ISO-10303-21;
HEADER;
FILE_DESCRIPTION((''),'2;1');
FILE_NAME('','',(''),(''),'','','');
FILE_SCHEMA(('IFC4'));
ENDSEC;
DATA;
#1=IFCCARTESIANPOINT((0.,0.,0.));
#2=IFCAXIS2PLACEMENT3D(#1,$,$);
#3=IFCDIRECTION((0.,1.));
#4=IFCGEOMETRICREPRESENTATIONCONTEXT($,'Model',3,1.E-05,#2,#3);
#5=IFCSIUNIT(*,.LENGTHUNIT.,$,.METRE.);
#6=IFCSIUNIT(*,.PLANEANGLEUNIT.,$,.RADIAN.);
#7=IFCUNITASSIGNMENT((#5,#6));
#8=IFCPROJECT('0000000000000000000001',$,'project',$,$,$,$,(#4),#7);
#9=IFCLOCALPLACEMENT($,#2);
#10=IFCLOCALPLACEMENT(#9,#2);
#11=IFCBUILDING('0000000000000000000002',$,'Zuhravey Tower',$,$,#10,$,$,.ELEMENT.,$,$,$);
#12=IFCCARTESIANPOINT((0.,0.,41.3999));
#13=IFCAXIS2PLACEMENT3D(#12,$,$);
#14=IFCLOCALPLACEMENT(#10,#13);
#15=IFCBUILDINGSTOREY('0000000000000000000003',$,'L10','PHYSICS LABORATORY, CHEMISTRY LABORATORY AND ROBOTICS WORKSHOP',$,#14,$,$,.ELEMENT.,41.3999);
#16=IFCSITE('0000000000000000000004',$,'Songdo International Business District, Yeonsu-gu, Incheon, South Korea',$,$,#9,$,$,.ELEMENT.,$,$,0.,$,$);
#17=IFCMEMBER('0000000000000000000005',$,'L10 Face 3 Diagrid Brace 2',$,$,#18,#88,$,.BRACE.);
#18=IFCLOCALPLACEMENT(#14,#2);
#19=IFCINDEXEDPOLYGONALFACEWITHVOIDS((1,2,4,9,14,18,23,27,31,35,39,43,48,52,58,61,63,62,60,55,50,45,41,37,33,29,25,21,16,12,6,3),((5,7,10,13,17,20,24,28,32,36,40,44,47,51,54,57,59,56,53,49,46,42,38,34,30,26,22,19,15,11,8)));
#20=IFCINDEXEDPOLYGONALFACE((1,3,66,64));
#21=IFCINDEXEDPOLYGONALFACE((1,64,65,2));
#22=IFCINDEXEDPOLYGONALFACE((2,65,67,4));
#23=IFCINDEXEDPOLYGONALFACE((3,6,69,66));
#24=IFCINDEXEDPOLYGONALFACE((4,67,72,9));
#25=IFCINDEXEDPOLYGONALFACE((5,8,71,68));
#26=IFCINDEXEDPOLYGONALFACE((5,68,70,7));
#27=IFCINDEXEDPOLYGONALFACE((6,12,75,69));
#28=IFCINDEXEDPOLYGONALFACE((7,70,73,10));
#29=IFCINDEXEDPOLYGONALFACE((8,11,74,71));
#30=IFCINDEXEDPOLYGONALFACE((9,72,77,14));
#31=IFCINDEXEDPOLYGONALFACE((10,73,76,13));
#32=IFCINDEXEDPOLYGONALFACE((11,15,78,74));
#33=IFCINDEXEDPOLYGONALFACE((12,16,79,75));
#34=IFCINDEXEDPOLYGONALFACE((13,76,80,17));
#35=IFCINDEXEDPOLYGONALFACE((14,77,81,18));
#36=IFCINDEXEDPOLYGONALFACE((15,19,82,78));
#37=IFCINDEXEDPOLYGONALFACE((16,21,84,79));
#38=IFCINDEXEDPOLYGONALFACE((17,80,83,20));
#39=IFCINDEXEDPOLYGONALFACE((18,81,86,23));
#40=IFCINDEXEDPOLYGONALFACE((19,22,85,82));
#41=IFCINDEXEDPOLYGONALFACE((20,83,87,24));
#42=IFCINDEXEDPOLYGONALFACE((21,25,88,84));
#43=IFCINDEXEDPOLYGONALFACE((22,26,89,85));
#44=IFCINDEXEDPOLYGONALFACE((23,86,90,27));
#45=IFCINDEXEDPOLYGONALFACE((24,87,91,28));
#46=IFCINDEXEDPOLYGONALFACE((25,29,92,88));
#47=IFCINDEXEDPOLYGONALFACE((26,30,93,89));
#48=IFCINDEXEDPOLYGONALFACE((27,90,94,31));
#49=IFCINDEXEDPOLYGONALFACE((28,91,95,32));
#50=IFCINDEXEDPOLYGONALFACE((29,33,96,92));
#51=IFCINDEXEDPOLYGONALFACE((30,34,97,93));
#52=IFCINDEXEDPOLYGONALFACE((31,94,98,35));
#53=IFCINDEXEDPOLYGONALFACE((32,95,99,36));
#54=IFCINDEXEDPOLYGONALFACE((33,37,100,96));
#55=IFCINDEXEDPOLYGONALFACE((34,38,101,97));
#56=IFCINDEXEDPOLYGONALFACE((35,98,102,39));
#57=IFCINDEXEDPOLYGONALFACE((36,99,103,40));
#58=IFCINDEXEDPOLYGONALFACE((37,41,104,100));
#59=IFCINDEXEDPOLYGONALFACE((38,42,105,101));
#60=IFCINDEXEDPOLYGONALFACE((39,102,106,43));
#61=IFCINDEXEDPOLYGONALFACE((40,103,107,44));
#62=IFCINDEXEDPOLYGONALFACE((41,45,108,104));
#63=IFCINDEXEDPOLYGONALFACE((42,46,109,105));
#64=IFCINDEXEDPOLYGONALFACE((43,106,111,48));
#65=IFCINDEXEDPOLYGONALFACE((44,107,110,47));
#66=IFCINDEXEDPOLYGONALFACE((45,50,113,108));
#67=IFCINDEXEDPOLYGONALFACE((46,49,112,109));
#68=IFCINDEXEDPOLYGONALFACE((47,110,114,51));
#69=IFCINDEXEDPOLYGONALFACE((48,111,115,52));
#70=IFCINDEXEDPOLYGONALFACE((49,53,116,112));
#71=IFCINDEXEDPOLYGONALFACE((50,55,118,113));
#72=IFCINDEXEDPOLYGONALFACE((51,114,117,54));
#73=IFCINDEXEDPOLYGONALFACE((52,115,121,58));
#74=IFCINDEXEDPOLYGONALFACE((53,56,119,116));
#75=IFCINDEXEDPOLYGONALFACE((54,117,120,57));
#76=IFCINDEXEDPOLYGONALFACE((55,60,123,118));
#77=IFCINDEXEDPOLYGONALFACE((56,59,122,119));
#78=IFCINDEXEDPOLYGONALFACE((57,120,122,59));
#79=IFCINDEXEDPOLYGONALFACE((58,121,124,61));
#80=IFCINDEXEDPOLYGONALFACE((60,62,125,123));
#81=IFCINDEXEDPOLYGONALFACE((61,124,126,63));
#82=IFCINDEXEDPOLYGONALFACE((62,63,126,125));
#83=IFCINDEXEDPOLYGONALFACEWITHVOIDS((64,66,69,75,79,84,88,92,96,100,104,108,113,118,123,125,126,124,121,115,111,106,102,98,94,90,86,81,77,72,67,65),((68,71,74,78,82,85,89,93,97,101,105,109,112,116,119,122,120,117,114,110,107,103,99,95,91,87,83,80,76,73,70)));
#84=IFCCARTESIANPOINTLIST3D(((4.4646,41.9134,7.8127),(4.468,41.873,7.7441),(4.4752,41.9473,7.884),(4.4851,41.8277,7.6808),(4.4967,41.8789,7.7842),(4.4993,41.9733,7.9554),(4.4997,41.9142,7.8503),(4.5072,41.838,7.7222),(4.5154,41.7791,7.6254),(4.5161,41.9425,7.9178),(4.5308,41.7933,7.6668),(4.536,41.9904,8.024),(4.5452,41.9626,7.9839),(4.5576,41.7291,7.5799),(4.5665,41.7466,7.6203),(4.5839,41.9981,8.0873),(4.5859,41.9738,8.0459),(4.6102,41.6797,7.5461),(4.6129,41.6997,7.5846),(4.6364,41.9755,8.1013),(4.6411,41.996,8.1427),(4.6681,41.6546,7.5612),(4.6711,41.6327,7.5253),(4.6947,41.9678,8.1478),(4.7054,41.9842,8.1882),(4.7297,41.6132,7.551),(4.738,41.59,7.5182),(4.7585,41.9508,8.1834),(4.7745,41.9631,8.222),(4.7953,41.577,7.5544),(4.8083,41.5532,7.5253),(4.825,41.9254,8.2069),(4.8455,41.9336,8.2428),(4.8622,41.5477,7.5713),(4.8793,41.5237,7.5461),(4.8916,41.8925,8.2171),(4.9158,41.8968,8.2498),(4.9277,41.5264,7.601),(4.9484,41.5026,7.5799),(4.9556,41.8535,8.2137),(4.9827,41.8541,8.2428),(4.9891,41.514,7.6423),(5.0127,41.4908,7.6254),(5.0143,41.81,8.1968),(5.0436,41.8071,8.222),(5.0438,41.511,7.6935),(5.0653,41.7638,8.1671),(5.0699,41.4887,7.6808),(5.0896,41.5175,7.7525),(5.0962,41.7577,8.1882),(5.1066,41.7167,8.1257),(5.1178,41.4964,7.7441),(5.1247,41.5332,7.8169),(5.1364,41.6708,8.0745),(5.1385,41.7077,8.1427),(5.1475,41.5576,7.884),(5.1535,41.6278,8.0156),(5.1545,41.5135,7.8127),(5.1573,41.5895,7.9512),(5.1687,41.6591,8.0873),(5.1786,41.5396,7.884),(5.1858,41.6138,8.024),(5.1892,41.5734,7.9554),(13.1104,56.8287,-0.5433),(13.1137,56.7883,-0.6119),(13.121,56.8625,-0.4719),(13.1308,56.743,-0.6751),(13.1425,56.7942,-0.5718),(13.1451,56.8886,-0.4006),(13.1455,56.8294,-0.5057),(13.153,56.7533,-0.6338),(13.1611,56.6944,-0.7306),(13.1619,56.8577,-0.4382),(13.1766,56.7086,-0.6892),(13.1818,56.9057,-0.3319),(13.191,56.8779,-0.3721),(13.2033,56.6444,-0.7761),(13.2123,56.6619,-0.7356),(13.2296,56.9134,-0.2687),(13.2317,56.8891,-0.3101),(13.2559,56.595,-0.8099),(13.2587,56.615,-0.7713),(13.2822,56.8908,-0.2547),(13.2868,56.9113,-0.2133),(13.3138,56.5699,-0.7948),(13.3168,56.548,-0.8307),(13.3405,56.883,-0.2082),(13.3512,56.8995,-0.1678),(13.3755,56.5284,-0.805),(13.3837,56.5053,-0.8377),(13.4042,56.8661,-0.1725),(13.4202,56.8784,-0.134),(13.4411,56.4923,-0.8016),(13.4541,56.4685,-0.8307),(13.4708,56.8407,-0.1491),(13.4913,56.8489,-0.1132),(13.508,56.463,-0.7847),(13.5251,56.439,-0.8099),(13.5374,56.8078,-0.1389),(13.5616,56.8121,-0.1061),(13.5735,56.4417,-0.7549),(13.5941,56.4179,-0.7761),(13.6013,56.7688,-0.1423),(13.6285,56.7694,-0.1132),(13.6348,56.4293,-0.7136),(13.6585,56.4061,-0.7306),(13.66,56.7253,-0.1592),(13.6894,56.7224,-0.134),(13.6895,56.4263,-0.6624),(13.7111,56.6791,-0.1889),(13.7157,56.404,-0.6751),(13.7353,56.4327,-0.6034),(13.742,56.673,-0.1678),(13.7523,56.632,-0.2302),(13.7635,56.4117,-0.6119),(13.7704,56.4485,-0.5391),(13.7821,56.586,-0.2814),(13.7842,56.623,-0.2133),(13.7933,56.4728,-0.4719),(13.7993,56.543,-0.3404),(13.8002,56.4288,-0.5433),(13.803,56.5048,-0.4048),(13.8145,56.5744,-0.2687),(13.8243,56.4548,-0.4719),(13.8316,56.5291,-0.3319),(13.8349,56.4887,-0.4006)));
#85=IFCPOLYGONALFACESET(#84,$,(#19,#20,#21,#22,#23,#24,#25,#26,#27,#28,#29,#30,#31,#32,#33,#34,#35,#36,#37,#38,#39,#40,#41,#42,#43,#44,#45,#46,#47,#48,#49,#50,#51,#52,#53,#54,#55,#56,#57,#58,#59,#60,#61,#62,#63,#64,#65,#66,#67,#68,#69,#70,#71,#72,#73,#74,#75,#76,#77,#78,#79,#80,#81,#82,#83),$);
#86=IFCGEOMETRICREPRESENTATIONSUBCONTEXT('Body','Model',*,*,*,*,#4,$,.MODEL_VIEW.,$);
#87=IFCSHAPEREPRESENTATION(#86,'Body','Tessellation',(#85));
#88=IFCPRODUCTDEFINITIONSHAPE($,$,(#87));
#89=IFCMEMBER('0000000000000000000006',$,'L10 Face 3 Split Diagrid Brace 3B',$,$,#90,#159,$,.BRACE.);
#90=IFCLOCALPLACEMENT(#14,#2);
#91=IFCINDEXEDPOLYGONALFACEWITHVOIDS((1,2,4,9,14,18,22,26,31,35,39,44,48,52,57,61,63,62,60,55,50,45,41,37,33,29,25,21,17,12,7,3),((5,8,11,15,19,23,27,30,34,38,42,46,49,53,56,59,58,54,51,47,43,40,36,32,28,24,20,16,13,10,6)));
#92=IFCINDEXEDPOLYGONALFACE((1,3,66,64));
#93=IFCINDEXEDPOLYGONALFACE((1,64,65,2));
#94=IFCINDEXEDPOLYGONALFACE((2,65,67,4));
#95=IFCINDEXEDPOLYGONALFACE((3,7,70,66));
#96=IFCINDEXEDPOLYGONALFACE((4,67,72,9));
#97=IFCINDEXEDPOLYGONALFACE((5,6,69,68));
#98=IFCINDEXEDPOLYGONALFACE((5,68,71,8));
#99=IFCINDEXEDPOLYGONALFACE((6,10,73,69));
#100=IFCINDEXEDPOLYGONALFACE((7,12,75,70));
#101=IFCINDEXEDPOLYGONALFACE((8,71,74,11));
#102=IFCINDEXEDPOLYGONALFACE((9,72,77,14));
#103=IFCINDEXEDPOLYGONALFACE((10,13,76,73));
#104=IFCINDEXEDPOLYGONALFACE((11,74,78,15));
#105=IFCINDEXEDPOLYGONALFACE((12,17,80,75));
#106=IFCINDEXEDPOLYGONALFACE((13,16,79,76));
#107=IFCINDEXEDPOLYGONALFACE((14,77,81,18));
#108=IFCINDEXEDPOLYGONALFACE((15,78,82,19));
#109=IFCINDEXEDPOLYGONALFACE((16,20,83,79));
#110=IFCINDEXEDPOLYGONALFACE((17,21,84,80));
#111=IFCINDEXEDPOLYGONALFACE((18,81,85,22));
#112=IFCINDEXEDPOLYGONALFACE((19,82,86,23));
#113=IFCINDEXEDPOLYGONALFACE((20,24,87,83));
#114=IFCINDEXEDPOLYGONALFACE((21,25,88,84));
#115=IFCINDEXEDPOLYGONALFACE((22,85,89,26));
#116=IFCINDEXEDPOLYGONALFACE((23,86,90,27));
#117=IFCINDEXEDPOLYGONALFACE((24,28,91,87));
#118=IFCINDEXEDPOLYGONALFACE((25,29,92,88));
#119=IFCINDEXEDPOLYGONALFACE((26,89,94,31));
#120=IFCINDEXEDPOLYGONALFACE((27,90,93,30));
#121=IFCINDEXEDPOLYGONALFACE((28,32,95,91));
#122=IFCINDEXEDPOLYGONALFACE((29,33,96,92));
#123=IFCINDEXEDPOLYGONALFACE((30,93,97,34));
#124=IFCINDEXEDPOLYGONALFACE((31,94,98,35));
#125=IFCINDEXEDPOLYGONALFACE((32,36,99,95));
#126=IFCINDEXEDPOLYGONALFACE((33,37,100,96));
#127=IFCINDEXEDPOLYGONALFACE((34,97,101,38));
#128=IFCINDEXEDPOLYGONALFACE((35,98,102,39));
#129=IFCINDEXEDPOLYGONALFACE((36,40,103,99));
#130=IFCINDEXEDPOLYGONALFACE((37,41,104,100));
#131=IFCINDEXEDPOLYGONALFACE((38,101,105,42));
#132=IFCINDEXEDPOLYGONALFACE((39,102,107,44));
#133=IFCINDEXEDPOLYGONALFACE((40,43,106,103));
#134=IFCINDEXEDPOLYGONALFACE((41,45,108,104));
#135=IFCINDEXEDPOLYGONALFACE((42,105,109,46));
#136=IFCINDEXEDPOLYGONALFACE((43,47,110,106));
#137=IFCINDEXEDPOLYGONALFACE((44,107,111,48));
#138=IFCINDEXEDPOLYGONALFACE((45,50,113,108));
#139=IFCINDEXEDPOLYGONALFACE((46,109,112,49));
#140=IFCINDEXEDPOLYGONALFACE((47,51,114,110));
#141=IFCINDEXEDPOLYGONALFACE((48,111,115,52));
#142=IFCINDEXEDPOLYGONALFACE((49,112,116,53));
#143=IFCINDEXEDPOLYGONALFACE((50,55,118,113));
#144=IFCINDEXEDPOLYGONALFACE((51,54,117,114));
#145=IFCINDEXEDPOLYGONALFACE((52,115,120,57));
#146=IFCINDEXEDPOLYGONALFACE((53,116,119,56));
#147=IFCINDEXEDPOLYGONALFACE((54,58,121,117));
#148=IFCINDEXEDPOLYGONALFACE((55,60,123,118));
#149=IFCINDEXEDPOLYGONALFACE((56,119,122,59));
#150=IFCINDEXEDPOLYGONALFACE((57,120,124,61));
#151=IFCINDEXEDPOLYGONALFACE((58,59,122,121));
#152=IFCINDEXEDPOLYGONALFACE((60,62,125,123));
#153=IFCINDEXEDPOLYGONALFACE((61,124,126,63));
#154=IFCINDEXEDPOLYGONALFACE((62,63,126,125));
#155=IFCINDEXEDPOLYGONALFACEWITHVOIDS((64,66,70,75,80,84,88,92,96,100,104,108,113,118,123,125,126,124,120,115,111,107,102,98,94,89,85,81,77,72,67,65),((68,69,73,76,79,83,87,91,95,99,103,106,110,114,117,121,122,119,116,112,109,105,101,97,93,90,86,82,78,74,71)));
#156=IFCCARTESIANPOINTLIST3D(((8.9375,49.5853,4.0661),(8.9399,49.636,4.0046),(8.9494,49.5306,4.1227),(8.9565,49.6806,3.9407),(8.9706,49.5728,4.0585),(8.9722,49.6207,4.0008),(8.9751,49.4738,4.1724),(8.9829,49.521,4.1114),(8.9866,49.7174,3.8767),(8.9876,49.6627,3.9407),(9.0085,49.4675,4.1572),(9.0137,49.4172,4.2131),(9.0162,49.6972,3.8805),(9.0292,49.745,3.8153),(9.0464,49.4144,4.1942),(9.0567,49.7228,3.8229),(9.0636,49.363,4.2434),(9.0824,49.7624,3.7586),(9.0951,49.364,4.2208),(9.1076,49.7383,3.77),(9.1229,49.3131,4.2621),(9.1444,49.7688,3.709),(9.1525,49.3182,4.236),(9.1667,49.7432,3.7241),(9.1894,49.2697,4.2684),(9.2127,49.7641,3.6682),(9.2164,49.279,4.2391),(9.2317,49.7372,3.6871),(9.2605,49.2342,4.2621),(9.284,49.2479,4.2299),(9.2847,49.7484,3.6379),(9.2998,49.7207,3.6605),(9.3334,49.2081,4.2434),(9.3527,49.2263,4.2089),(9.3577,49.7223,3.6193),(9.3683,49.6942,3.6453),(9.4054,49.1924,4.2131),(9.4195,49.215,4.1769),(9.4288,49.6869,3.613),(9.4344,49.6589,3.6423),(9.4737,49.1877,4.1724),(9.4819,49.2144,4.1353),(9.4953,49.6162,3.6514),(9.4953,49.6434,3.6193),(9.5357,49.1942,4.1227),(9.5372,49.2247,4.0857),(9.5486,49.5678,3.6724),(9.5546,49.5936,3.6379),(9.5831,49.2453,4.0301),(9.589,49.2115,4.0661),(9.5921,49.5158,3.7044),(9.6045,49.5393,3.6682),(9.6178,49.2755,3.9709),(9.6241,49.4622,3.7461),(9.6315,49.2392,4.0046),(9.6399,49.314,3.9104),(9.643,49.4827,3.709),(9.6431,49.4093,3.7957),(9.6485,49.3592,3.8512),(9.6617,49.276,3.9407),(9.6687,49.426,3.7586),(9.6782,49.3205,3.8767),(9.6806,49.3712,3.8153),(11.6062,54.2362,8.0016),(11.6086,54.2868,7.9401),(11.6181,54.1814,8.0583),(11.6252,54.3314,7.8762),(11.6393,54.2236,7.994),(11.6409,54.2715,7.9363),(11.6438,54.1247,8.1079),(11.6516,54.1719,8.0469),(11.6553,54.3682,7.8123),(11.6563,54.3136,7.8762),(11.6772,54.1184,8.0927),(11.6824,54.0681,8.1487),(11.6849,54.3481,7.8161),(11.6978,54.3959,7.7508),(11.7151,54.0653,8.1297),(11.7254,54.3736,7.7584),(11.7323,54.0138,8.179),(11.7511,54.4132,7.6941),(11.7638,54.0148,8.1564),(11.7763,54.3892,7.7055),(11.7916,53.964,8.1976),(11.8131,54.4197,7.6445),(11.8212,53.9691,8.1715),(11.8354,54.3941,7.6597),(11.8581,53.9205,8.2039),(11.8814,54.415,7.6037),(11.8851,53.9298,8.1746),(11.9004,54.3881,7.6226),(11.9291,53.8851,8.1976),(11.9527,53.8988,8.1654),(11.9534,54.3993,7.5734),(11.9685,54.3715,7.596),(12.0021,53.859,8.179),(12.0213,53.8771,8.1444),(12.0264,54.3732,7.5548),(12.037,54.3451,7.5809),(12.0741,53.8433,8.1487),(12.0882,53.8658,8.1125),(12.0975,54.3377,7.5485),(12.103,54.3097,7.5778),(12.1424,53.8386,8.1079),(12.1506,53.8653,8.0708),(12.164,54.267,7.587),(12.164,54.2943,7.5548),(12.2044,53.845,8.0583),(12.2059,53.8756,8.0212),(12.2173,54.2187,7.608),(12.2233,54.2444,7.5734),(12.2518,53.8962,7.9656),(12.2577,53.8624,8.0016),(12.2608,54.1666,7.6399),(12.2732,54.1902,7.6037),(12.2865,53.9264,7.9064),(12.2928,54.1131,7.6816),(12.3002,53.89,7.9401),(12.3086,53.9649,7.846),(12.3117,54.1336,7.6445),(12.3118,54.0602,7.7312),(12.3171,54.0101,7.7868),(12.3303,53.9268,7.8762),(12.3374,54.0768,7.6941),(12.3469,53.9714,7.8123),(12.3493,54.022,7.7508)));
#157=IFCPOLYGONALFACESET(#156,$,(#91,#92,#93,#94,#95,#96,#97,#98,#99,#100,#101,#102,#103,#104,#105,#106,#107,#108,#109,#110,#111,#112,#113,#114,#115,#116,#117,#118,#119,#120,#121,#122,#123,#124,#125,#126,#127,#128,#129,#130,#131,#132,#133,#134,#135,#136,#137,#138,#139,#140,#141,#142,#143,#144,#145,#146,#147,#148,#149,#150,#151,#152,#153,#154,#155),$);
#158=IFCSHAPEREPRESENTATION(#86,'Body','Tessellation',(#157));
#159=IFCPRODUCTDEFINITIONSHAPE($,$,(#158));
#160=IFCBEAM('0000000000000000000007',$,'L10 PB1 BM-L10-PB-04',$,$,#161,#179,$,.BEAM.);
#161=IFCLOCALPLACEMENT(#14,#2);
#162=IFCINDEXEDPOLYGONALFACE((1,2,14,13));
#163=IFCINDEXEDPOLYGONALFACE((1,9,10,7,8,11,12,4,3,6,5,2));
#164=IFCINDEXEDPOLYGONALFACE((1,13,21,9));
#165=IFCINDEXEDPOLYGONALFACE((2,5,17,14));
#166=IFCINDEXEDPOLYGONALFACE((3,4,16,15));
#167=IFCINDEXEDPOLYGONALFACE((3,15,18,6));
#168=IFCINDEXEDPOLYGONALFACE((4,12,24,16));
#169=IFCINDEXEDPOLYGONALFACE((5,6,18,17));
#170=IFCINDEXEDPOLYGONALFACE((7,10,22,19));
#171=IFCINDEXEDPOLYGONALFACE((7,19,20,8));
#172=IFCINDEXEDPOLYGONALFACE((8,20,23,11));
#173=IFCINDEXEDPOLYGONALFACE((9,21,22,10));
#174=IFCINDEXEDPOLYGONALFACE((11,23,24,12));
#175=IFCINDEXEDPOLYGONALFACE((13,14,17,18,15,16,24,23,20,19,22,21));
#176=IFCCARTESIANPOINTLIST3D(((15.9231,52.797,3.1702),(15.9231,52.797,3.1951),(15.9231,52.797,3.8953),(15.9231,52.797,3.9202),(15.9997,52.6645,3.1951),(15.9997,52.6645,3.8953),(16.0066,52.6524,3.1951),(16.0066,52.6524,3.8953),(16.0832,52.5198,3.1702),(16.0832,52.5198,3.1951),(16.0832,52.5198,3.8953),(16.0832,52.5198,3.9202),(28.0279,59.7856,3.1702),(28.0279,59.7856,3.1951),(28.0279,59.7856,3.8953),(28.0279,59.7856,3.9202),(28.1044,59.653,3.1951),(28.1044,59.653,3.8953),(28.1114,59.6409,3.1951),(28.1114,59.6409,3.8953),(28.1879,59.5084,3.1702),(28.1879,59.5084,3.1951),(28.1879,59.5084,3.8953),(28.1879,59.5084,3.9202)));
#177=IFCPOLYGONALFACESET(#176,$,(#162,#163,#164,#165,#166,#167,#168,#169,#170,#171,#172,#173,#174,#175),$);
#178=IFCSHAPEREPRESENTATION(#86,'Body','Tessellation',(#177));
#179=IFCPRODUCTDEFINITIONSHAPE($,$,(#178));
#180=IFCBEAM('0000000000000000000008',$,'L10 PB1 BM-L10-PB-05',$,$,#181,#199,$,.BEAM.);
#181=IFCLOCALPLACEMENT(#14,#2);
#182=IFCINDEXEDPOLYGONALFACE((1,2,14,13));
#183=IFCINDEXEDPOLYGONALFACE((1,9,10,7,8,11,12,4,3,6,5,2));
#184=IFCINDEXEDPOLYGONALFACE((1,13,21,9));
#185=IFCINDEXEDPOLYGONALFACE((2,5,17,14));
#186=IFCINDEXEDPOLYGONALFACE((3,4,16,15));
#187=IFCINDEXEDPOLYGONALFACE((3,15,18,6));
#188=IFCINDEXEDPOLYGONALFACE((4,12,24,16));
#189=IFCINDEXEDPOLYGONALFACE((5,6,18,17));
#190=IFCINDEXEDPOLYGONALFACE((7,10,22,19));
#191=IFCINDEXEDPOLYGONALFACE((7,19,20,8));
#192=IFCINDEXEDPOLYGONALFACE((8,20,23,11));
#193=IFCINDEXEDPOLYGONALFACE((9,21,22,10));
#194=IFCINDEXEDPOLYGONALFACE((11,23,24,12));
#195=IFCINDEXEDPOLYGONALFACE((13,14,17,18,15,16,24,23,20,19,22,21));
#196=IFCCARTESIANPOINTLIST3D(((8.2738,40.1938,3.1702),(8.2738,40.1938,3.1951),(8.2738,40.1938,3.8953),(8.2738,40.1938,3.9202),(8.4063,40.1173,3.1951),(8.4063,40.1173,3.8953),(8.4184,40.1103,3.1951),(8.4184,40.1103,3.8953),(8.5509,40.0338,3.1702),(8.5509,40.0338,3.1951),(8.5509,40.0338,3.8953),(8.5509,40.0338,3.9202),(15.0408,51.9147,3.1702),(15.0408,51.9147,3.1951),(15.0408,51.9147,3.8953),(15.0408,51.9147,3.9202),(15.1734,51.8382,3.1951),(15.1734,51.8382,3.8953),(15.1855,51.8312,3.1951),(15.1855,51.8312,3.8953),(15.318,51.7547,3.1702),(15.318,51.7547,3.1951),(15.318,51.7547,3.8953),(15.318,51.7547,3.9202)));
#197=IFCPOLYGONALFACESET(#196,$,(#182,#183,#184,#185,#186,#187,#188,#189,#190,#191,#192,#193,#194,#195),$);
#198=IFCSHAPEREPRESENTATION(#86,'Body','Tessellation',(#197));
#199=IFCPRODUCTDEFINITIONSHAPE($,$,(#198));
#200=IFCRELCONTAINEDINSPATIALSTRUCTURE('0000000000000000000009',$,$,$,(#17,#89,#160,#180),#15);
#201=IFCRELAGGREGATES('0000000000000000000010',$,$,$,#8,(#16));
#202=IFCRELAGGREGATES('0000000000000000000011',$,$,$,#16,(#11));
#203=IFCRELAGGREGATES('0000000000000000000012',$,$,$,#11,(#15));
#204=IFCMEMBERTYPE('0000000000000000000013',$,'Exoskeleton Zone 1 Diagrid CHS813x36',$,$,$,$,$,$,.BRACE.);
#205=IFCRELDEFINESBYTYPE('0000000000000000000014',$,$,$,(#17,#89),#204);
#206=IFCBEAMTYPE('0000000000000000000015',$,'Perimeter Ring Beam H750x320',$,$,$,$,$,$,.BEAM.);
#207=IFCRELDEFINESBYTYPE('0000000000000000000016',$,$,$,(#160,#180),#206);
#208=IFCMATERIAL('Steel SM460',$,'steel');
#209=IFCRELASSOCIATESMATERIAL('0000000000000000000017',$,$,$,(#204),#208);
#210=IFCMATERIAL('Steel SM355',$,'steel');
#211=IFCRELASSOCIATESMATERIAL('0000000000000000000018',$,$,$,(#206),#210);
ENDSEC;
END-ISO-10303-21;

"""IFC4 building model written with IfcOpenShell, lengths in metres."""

from ifc_helpers import new_model, si_unit, direction, frame, origin, origin_2d, place, context, subcontext, project, spatial, hollow_circle, i_section, extrude, material, material_profile, profile_set, type_object, element, save


model = new_model("IFC4")

# Units and contexts
model_context = context("Model", 3, precision=1e-05, world=origin(), true_north=direction((0.0, 1.0)))
body_context = subcontext(model_context, "Body", "Model", "MODEL_VIEW")
ifc_project = project(units=[si_unit("LENGTHUNIT", "METRE"), si_unit("PLANEANGLEUNIT", "RADIAN")], contexts=[model_context])

# Site, building, storey
site_placement = place(None, origin())
site = spatial("IfcSite", under=ifc_project, at=site_placement, Name="Songdo International Business District, Yeonsu-gu, Incheon, South Korea", CompositionType="ELEMENT", RefElevation=0.0)
building_placement = place(site_placement, origin())
building = spatial("IfcBuilding", under=site, at=building_placement, Name="Zuhravey Tower", CompositionType="ELEMENT")
storey_placement = place(building_placement, frame((0.0, 0.0, 41.3999)))
storey = spatial("IfcBuildingStorey", under=building, at=storey_placement, Name="L10", Description="PHYSICS LABORATORY, CHEMISTRY LABORATORY AND ROBOTICS WORKSHOP", CompositionType="ELEMENT", Elevation=41.3999)

# Members
ifc_material_1 = material(Name="Steel SM355", Category="steel")
ifc_material_2 = material(Name="Steel SM460", Category="steel")
ifc_material_profile_1 = material_profile(ifc_material_2, hollow_circle(Radius=0.4065, WallThickness=0.0359, at=origin_2d()), Name="CHS-812.8x36")
ifc_profile_set_1 = profile_set([ifc_material_profile_1], Name="Steel SM460")
member_type_1 = type_object("IfcMemberType", Name="Exoskeleton Zone 1 Diagrid CHS813x36", PredefinedType="BRACE", material=ifc_profile_set_1)
member_1_placement = place(storey_placement, frame((13.4727, 56.6587, -0.4719), z_axis=(-0.451282, -0.778533, 0.436156), x_axis=(0.86516, -0.501496, 0.0)))
element("IfcMember", 1, at=member_1_placement, inside=storey, type_object=member_type_1, Name="L10 Face 3 Diagrid Brace 2", PredefinedType="BRACE", context=body_context, shape_type="SweptSolid", body=[
    extrude(hollow_circle(Radius=0.4065, WallThickness=0.0359, at=origin_2d()), origin(), (0.0, 0.0, 1.0), 19.1582),
])
member_2_placement = place(storey_placement, frame((9.3091, 49.4783, 3.9407), z_axis=(0.401224, 0.699233, 0.591687), x_axis=(-0.867354, 0.497692, 0.0)))
element("IfcMember", 2, at=member_2_placement, inside=storey, type_object=member_type_1, Name="L10 Face 3 Split Diagrid Brace 3B", PredefinedType="BRACE", context=body_context, shape_type="SweptSolid", body=[
    extrude(hollow_circle(Radius=0.4065, WallThickness=0.0359, at=origin_2d()), origin(), (0.0, 0.0, 1.0), 6.6514),
])

# Beams
ifc_material_profile_2 = material_profile(ifc_material_1, i_section(OverallWidth=0.3201, OverallDepth=0.75, WebThickness=0.0139, FlangeThickness=0.0249, at=origin_2d()), Name="H-750x320x14x25")
ifc_profile_set_2 = profile_set([ifc_material_profile_2], Name="Steel SM355")
beam_type_1 = type_object("IfcBeamType", Name="Perimeter Ring Beam H750x320", PredefinedType="BEAM", material=ifc_profile_set_2)
beam_1_placement = place(storey_placement, frame((28.1079, 59.647, 3.5452), z_axis=(-0.86603, -0.499992, 0.0), x_axis=(0.499992, -0.86603, 0.0)))
element("IfcBeam", 3, at=beam_1_placement, inside=storey, type_object=beam_type_1, Name="L10 PB1 BM-L10-PB-04", PredefinedType="BEAM", context=body_context, shape_type="SweptSolid", body=[
    extrude(i_section(OverallWidth=0.3201, OverallDepth=0.75, WebThickness=0.0139, FlangeThickness=0.0249, at=origin_2d()), origin(), (0.0, 0.0, 1.0), 13.9773),
])
beam_2_placement = place(storey_placement, frame((15.1794, 51.8347, 3.5452), z_axis=(-0.5, -0.866025, 0.0), x_axis=(0.866025, -0.5, 0.0)))
element("IfcBeam", 4, at=beam_2_placement, inside=storey, type_object=beam_type_1, Name="L10 PB1 BM-L10-PB-05", PredefinedType="BEAM", context=body_context, shape_type="SweptSolid", body=[
    extrude(i_section(OverallWidth=0.3201, OverallDepth=0.75, WebThickness=0.0139, FlangeThickness=0.0249, at=origin_2d()), origin(), (0.0, 0.0, 1.0), 13.5342),
])

save(model, "model.ifc")
